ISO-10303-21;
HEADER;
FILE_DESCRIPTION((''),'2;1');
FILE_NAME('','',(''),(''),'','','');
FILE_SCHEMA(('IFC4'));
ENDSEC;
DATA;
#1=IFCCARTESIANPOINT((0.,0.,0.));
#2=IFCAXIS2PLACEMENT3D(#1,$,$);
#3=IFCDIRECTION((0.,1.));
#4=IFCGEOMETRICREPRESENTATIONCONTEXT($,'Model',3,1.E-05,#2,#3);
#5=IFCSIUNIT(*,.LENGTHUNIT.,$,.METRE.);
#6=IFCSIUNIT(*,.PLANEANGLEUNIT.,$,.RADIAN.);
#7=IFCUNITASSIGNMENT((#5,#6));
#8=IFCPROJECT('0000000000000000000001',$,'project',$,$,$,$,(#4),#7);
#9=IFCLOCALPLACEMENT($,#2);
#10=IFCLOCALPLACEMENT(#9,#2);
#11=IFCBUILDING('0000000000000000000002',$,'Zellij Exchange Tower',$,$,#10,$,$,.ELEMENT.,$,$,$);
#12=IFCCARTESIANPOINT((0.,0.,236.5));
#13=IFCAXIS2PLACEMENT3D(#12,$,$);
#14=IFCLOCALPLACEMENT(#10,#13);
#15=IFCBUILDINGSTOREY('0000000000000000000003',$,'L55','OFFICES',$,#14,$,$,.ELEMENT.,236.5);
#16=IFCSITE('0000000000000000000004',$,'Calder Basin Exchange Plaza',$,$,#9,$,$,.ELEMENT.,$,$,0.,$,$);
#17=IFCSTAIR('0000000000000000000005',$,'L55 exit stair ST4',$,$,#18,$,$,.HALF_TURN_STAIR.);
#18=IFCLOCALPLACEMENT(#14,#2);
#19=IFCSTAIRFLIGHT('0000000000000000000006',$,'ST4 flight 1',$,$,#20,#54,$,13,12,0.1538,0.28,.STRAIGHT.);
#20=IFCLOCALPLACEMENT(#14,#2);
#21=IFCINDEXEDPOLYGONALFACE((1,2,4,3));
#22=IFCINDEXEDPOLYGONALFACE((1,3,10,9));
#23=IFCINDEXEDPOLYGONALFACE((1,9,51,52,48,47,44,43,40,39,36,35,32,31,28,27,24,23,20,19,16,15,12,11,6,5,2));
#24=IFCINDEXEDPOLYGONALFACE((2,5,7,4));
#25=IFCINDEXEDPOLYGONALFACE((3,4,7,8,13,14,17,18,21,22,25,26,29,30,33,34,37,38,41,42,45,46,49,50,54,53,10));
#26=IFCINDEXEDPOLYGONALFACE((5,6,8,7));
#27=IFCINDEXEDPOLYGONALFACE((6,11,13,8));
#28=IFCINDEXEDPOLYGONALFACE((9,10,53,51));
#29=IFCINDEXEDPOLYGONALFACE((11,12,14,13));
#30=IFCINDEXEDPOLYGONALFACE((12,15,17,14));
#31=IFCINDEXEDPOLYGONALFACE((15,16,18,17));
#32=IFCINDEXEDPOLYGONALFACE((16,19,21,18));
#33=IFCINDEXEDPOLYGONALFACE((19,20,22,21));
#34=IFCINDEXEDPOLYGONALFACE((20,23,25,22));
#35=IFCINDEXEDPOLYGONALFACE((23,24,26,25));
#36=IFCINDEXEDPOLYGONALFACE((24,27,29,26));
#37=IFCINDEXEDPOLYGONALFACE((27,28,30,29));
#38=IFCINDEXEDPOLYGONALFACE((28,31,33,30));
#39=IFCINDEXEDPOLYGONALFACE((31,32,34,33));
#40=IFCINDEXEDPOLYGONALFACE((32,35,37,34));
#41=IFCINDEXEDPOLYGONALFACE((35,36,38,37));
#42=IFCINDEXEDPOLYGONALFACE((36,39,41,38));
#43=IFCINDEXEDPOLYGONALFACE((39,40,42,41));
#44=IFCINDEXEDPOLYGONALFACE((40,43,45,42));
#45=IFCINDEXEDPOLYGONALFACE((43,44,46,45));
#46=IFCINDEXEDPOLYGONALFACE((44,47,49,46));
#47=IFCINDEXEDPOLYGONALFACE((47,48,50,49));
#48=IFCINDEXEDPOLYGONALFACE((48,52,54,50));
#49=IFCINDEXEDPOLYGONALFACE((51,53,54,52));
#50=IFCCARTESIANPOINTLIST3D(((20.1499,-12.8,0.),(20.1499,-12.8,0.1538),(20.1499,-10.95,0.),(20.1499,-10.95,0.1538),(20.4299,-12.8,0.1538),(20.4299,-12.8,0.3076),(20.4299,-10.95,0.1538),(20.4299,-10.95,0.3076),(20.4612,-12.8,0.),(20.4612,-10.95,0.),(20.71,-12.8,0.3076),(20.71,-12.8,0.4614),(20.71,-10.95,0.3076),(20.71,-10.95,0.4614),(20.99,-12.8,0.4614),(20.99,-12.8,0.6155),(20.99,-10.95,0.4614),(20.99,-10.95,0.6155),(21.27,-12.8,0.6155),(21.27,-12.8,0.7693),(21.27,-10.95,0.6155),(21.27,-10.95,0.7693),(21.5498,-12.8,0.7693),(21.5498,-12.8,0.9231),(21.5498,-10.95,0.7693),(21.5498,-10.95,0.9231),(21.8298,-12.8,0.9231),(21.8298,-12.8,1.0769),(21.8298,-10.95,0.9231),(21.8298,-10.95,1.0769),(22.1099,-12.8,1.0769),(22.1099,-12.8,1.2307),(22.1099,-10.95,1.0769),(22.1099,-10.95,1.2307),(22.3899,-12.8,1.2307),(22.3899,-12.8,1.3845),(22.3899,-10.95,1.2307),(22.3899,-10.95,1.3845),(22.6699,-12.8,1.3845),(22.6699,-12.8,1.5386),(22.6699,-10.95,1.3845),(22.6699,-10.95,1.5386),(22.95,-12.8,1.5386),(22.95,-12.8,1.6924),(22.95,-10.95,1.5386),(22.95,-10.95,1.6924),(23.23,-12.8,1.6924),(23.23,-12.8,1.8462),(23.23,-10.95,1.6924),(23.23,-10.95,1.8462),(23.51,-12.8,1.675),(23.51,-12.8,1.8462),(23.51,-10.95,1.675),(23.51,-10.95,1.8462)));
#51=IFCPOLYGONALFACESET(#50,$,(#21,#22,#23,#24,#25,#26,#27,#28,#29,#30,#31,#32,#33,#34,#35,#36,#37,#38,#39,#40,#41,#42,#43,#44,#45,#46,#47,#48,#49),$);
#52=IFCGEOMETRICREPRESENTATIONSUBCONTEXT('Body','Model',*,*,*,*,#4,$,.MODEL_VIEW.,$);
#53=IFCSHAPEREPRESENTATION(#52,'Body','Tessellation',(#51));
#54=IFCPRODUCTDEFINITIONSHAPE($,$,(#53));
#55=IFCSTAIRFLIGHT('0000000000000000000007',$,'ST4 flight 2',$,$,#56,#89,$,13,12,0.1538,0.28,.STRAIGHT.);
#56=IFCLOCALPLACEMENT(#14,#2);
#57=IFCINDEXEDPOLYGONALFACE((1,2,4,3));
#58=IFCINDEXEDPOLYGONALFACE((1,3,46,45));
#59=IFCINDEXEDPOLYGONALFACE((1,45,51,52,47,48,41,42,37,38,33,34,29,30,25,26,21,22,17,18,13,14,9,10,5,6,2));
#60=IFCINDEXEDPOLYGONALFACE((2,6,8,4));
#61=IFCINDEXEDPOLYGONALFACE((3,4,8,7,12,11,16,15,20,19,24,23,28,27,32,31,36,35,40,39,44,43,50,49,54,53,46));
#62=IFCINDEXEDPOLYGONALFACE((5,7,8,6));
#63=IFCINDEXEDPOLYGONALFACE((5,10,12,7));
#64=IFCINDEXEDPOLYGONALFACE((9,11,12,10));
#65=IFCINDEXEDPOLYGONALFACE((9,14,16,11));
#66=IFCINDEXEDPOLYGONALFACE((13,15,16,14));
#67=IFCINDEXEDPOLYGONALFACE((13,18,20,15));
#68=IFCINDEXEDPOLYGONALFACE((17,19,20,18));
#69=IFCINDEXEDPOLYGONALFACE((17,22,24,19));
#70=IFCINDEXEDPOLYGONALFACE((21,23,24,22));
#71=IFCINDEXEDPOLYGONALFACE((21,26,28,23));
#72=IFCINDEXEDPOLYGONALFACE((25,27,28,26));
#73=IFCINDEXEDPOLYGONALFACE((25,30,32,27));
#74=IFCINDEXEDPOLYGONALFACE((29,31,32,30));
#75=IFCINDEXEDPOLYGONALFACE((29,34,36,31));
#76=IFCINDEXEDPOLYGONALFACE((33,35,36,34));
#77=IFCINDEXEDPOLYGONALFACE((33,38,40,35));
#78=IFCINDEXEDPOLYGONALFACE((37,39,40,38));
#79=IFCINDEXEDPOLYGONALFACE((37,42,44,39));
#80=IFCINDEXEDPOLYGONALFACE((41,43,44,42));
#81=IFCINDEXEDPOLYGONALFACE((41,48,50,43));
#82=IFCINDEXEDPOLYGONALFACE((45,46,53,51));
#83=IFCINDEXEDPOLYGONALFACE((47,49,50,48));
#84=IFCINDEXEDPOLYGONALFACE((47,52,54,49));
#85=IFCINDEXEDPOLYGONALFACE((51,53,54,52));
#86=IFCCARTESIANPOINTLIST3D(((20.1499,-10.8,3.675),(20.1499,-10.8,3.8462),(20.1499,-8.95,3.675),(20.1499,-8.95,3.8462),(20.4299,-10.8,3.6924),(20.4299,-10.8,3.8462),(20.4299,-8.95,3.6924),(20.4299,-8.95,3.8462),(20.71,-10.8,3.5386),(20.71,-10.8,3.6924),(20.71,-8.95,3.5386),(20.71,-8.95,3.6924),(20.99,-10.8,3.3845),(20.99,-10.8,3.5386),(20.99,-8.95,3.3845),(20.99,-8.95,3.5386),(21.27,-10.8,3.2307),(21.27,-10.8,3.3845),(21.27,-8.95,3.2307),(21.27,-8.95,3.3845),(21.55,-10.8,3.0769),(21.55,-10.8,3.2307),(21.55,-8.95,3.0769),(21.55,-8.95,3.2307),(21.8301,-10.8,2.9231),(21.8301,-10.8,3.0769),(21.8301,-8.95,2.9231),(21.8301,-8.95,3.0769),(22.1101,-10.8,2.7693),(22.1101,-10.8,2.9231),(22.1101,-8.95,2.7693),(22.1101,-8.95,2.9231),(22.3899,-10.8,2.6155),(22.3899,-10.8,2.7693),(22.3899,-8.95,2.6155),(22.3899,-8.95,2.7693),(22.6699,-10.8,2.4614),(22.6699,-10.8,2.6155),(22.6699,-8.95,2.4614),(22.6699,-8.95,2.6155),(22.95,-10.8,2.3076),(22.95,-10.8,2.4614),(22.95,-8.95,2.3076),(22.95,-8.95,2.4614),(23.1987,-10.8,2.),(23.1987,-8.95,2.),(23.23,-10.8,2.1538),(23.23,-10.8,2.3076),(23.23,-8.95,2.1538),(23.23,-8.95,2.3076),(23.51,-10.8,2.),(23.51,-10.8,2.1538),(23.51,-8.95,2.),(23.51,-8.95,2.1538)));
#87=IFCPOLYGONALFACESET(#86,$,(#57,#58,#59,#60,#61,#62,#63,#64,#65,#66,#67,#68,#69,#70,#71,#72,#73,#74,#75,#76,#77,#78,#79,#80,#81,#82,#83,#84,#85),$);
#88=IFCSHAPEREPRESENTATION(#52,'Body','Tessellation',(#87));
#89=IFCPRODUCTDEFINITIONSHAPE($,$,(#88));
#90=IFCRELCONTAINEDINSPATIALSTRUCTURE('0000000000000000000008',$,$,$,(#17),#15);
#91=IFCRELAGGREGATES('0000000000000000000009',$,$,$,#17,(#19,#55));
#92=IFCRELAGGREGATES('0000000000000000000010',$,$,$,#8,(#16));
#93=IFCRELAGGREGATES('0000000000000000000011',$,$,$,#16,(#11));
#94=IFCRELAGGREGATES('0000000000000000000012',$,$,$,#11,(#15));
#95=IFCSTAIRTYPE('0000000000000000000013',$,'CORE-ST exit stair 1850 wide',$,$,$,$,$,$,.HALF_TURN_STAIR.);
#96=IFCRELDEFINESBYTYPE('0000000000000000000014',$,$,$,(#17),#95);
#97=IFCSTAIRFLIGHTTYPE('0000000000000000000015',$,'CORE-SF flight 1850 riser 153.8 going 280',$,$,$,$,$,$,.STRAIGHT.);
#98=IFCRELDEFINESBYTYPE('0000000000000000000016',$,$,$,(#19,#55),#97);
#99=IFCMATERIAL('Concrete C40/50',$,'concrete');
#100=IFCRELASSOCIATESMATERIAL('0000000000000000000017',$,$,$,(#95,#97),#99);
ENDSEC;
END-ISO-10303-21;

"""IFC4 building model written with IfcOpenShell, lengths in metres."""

from ifc_helpers import new_model, si_unit, direction, frame, origin, place, context, subcontext, project, spatial, polyline, outline, extrude, material, type_object, element, aggregate, save


model = new_model("IFC4")

# Units and contexts
model_context = context("Model", 3, precision=1e-05, world=origin(), true_north=direction((0.0, 1.0)))
body_context = subcontext(model_context, "Body", "Model", "MODEL_VIEW")
ifc_project = project(units=[si_unit("LENGTHUNIT", "METRE"), si_unit("PLANEANGLEUNIT", "RADIAN")], contexts=[model_context])

# Site, building, storey
site_placement = place(None, origin())
site = spatial("IfcSite", under=ifc_project, at=site_placement, Name="Calder Basin Exchange Plaza", CompositionType="ELEMENT", RefElevation=0.0)
building_placement = place(site_placement, origin())
building = spatial("IfcBuilding", under=site, at=building_placement, Name="Zellij Exchange Tower", CompositionType="ELEMENT")
storey_placement = place(building_placement, frame((0.0, 0.0, 236.5)))
storey = spatial("IfcBuildingStorey", under=building, at=storey_placement, Name="L55", Description="OFFICES", CompositionType="ELEMENT", Elevation=236.5)

# Stair, stair flights
ifc_material_1 = material(Name="Concrete C40/50", Category="concrete")
stair_type = type_object("IfcStairType", Name="CORE-ST exit stair 1850 wide", PredefinedType="HALF_TURN_STAIR", material=ifc_material_1)
stair_placement = place(storey_placement, origin())
stair = element("IfcStair", 1, at=stair_placement, inside=storey, type_object=stair_type, Name="L55 exit stair ST4", PredefinedType="HALF_TURN_STAIR")
stair_flight_type = type_object("IfcStairFlightType", Name="CORE-SF flight 1850 riser 153.8 going 280", PredefinedType="STRAIGHT", material=ifc_material_1)
stair_flight_1_placement = place(storey_placement, frame((20.1499, -11.875, 0.0), z_axis=(0.0, 0.0, 1.0), x_axis=(1.0, 0.0, 0.0)))
stair_flight_1 = element("IfcStairFlight", 2, at=stair_flight_1_placement, type_object=stair_flight_type, Name="ST4 flight 1", NumberOfRisers=13, NumberOfTreads=12, PredefinedType="STRAIGHT", RiserHeight=0.1538, TreadLength=0.28, context=body_context, shape_type="SweptSolid", body=[
    extrude(outline(polyline([(0.0, 0.0), (0.0, 0.1538), (0.28, 0.1538), (0.28, 0.3076), (0.5601, 0.3076), (0.5601, 0.4614), (0.8401, 0.4614), (0.8401, 0.6155), (1.1201, 0.6155), (1.1201, 0.7693), (1.3999, 0.7693), (1.3999, 0.9231), (1.6799, 0.9231), (1.6799, 1.0769), (1.96, 1.0769), (1.96, 1.2307), (2.24, 1.2307), (2.24, 1.3845), (2.52, 1.3845), (2.52, 1.5386), (2.8, 1.5386), (2.8, 1.6924), (3.0801, 1.6924), (3.0801, 1.8462), (3.3601, 1.8462), (3.3601, 2.0), (3.3601, 1.675), (0.3113, 0.0), (0.0, 0.0)])), frame((0.0, 0.925, 0.0), z_axis=(0.0, -1.0, 0.0), x_axis=(1.0, 0.0, 0.0)), (0.0, 0.0, 1.0), 1.8501),
])
stair_flight_2_placement = place(storey_placement, frame((23.51, -9.875, 2.0), z_axis=(0.0, 0.0, 1.0), x_axis=(-1.0, 0.0, 0.0)))
stair_flight_2 = element("IfcStairFlight", 3, at=stair_flight_2_placement, type_object=stair_flight_type, Name="ST4 flight 2", NumberOfRisers=13, NumberOfTreads=12, PredefinedType="STRAIGHT", RiserHeight=0.1538, TreadLength=0.28, context=body_context, shape_type="SweptSolid", body=[
    extrude(outline(polyline([(0.0, 0.0), (0.0, 0.1538), (0.28, 0.1538), (0.28, 0.3076), (0.5601, 0.3076), (0.5601, 0.4614), (0.8401, 0.4614), (0.8401, 0.6155), (1.1201, 0.6155), (1.1201, 0.7693), (1.3999, 0.7693), (1.3999, 0.9231), (1.6799, 0.9231), (1.6799, 1.0769), (1.96, 1.0769), (1.96, 1.2307), (2.24, 1.2307), (2.24, 1.3845), (2.52, 1.3845), (2.52, 1.5386), (2.8, 1.5386), (2.8, 1.6924), (3.0801, 1.6924), (3.0801, 1.8462), (3.3601, 1.8462), (3.3601, 2.0), (3.3601, 1.675), (0.3113, 0.0), (0.0, 0.0)])), frame((0.0, 0.925, 0.0), z_axis=(0.0, -1.0, 0.0), x_axis=(1.0, 0.0, 0.0)), (0.0, 0.0, 1.0), 1.8501),
])
aggregate(stair, [stair_flight_1, stair_flight_2])

save(model, "model.ifc")
